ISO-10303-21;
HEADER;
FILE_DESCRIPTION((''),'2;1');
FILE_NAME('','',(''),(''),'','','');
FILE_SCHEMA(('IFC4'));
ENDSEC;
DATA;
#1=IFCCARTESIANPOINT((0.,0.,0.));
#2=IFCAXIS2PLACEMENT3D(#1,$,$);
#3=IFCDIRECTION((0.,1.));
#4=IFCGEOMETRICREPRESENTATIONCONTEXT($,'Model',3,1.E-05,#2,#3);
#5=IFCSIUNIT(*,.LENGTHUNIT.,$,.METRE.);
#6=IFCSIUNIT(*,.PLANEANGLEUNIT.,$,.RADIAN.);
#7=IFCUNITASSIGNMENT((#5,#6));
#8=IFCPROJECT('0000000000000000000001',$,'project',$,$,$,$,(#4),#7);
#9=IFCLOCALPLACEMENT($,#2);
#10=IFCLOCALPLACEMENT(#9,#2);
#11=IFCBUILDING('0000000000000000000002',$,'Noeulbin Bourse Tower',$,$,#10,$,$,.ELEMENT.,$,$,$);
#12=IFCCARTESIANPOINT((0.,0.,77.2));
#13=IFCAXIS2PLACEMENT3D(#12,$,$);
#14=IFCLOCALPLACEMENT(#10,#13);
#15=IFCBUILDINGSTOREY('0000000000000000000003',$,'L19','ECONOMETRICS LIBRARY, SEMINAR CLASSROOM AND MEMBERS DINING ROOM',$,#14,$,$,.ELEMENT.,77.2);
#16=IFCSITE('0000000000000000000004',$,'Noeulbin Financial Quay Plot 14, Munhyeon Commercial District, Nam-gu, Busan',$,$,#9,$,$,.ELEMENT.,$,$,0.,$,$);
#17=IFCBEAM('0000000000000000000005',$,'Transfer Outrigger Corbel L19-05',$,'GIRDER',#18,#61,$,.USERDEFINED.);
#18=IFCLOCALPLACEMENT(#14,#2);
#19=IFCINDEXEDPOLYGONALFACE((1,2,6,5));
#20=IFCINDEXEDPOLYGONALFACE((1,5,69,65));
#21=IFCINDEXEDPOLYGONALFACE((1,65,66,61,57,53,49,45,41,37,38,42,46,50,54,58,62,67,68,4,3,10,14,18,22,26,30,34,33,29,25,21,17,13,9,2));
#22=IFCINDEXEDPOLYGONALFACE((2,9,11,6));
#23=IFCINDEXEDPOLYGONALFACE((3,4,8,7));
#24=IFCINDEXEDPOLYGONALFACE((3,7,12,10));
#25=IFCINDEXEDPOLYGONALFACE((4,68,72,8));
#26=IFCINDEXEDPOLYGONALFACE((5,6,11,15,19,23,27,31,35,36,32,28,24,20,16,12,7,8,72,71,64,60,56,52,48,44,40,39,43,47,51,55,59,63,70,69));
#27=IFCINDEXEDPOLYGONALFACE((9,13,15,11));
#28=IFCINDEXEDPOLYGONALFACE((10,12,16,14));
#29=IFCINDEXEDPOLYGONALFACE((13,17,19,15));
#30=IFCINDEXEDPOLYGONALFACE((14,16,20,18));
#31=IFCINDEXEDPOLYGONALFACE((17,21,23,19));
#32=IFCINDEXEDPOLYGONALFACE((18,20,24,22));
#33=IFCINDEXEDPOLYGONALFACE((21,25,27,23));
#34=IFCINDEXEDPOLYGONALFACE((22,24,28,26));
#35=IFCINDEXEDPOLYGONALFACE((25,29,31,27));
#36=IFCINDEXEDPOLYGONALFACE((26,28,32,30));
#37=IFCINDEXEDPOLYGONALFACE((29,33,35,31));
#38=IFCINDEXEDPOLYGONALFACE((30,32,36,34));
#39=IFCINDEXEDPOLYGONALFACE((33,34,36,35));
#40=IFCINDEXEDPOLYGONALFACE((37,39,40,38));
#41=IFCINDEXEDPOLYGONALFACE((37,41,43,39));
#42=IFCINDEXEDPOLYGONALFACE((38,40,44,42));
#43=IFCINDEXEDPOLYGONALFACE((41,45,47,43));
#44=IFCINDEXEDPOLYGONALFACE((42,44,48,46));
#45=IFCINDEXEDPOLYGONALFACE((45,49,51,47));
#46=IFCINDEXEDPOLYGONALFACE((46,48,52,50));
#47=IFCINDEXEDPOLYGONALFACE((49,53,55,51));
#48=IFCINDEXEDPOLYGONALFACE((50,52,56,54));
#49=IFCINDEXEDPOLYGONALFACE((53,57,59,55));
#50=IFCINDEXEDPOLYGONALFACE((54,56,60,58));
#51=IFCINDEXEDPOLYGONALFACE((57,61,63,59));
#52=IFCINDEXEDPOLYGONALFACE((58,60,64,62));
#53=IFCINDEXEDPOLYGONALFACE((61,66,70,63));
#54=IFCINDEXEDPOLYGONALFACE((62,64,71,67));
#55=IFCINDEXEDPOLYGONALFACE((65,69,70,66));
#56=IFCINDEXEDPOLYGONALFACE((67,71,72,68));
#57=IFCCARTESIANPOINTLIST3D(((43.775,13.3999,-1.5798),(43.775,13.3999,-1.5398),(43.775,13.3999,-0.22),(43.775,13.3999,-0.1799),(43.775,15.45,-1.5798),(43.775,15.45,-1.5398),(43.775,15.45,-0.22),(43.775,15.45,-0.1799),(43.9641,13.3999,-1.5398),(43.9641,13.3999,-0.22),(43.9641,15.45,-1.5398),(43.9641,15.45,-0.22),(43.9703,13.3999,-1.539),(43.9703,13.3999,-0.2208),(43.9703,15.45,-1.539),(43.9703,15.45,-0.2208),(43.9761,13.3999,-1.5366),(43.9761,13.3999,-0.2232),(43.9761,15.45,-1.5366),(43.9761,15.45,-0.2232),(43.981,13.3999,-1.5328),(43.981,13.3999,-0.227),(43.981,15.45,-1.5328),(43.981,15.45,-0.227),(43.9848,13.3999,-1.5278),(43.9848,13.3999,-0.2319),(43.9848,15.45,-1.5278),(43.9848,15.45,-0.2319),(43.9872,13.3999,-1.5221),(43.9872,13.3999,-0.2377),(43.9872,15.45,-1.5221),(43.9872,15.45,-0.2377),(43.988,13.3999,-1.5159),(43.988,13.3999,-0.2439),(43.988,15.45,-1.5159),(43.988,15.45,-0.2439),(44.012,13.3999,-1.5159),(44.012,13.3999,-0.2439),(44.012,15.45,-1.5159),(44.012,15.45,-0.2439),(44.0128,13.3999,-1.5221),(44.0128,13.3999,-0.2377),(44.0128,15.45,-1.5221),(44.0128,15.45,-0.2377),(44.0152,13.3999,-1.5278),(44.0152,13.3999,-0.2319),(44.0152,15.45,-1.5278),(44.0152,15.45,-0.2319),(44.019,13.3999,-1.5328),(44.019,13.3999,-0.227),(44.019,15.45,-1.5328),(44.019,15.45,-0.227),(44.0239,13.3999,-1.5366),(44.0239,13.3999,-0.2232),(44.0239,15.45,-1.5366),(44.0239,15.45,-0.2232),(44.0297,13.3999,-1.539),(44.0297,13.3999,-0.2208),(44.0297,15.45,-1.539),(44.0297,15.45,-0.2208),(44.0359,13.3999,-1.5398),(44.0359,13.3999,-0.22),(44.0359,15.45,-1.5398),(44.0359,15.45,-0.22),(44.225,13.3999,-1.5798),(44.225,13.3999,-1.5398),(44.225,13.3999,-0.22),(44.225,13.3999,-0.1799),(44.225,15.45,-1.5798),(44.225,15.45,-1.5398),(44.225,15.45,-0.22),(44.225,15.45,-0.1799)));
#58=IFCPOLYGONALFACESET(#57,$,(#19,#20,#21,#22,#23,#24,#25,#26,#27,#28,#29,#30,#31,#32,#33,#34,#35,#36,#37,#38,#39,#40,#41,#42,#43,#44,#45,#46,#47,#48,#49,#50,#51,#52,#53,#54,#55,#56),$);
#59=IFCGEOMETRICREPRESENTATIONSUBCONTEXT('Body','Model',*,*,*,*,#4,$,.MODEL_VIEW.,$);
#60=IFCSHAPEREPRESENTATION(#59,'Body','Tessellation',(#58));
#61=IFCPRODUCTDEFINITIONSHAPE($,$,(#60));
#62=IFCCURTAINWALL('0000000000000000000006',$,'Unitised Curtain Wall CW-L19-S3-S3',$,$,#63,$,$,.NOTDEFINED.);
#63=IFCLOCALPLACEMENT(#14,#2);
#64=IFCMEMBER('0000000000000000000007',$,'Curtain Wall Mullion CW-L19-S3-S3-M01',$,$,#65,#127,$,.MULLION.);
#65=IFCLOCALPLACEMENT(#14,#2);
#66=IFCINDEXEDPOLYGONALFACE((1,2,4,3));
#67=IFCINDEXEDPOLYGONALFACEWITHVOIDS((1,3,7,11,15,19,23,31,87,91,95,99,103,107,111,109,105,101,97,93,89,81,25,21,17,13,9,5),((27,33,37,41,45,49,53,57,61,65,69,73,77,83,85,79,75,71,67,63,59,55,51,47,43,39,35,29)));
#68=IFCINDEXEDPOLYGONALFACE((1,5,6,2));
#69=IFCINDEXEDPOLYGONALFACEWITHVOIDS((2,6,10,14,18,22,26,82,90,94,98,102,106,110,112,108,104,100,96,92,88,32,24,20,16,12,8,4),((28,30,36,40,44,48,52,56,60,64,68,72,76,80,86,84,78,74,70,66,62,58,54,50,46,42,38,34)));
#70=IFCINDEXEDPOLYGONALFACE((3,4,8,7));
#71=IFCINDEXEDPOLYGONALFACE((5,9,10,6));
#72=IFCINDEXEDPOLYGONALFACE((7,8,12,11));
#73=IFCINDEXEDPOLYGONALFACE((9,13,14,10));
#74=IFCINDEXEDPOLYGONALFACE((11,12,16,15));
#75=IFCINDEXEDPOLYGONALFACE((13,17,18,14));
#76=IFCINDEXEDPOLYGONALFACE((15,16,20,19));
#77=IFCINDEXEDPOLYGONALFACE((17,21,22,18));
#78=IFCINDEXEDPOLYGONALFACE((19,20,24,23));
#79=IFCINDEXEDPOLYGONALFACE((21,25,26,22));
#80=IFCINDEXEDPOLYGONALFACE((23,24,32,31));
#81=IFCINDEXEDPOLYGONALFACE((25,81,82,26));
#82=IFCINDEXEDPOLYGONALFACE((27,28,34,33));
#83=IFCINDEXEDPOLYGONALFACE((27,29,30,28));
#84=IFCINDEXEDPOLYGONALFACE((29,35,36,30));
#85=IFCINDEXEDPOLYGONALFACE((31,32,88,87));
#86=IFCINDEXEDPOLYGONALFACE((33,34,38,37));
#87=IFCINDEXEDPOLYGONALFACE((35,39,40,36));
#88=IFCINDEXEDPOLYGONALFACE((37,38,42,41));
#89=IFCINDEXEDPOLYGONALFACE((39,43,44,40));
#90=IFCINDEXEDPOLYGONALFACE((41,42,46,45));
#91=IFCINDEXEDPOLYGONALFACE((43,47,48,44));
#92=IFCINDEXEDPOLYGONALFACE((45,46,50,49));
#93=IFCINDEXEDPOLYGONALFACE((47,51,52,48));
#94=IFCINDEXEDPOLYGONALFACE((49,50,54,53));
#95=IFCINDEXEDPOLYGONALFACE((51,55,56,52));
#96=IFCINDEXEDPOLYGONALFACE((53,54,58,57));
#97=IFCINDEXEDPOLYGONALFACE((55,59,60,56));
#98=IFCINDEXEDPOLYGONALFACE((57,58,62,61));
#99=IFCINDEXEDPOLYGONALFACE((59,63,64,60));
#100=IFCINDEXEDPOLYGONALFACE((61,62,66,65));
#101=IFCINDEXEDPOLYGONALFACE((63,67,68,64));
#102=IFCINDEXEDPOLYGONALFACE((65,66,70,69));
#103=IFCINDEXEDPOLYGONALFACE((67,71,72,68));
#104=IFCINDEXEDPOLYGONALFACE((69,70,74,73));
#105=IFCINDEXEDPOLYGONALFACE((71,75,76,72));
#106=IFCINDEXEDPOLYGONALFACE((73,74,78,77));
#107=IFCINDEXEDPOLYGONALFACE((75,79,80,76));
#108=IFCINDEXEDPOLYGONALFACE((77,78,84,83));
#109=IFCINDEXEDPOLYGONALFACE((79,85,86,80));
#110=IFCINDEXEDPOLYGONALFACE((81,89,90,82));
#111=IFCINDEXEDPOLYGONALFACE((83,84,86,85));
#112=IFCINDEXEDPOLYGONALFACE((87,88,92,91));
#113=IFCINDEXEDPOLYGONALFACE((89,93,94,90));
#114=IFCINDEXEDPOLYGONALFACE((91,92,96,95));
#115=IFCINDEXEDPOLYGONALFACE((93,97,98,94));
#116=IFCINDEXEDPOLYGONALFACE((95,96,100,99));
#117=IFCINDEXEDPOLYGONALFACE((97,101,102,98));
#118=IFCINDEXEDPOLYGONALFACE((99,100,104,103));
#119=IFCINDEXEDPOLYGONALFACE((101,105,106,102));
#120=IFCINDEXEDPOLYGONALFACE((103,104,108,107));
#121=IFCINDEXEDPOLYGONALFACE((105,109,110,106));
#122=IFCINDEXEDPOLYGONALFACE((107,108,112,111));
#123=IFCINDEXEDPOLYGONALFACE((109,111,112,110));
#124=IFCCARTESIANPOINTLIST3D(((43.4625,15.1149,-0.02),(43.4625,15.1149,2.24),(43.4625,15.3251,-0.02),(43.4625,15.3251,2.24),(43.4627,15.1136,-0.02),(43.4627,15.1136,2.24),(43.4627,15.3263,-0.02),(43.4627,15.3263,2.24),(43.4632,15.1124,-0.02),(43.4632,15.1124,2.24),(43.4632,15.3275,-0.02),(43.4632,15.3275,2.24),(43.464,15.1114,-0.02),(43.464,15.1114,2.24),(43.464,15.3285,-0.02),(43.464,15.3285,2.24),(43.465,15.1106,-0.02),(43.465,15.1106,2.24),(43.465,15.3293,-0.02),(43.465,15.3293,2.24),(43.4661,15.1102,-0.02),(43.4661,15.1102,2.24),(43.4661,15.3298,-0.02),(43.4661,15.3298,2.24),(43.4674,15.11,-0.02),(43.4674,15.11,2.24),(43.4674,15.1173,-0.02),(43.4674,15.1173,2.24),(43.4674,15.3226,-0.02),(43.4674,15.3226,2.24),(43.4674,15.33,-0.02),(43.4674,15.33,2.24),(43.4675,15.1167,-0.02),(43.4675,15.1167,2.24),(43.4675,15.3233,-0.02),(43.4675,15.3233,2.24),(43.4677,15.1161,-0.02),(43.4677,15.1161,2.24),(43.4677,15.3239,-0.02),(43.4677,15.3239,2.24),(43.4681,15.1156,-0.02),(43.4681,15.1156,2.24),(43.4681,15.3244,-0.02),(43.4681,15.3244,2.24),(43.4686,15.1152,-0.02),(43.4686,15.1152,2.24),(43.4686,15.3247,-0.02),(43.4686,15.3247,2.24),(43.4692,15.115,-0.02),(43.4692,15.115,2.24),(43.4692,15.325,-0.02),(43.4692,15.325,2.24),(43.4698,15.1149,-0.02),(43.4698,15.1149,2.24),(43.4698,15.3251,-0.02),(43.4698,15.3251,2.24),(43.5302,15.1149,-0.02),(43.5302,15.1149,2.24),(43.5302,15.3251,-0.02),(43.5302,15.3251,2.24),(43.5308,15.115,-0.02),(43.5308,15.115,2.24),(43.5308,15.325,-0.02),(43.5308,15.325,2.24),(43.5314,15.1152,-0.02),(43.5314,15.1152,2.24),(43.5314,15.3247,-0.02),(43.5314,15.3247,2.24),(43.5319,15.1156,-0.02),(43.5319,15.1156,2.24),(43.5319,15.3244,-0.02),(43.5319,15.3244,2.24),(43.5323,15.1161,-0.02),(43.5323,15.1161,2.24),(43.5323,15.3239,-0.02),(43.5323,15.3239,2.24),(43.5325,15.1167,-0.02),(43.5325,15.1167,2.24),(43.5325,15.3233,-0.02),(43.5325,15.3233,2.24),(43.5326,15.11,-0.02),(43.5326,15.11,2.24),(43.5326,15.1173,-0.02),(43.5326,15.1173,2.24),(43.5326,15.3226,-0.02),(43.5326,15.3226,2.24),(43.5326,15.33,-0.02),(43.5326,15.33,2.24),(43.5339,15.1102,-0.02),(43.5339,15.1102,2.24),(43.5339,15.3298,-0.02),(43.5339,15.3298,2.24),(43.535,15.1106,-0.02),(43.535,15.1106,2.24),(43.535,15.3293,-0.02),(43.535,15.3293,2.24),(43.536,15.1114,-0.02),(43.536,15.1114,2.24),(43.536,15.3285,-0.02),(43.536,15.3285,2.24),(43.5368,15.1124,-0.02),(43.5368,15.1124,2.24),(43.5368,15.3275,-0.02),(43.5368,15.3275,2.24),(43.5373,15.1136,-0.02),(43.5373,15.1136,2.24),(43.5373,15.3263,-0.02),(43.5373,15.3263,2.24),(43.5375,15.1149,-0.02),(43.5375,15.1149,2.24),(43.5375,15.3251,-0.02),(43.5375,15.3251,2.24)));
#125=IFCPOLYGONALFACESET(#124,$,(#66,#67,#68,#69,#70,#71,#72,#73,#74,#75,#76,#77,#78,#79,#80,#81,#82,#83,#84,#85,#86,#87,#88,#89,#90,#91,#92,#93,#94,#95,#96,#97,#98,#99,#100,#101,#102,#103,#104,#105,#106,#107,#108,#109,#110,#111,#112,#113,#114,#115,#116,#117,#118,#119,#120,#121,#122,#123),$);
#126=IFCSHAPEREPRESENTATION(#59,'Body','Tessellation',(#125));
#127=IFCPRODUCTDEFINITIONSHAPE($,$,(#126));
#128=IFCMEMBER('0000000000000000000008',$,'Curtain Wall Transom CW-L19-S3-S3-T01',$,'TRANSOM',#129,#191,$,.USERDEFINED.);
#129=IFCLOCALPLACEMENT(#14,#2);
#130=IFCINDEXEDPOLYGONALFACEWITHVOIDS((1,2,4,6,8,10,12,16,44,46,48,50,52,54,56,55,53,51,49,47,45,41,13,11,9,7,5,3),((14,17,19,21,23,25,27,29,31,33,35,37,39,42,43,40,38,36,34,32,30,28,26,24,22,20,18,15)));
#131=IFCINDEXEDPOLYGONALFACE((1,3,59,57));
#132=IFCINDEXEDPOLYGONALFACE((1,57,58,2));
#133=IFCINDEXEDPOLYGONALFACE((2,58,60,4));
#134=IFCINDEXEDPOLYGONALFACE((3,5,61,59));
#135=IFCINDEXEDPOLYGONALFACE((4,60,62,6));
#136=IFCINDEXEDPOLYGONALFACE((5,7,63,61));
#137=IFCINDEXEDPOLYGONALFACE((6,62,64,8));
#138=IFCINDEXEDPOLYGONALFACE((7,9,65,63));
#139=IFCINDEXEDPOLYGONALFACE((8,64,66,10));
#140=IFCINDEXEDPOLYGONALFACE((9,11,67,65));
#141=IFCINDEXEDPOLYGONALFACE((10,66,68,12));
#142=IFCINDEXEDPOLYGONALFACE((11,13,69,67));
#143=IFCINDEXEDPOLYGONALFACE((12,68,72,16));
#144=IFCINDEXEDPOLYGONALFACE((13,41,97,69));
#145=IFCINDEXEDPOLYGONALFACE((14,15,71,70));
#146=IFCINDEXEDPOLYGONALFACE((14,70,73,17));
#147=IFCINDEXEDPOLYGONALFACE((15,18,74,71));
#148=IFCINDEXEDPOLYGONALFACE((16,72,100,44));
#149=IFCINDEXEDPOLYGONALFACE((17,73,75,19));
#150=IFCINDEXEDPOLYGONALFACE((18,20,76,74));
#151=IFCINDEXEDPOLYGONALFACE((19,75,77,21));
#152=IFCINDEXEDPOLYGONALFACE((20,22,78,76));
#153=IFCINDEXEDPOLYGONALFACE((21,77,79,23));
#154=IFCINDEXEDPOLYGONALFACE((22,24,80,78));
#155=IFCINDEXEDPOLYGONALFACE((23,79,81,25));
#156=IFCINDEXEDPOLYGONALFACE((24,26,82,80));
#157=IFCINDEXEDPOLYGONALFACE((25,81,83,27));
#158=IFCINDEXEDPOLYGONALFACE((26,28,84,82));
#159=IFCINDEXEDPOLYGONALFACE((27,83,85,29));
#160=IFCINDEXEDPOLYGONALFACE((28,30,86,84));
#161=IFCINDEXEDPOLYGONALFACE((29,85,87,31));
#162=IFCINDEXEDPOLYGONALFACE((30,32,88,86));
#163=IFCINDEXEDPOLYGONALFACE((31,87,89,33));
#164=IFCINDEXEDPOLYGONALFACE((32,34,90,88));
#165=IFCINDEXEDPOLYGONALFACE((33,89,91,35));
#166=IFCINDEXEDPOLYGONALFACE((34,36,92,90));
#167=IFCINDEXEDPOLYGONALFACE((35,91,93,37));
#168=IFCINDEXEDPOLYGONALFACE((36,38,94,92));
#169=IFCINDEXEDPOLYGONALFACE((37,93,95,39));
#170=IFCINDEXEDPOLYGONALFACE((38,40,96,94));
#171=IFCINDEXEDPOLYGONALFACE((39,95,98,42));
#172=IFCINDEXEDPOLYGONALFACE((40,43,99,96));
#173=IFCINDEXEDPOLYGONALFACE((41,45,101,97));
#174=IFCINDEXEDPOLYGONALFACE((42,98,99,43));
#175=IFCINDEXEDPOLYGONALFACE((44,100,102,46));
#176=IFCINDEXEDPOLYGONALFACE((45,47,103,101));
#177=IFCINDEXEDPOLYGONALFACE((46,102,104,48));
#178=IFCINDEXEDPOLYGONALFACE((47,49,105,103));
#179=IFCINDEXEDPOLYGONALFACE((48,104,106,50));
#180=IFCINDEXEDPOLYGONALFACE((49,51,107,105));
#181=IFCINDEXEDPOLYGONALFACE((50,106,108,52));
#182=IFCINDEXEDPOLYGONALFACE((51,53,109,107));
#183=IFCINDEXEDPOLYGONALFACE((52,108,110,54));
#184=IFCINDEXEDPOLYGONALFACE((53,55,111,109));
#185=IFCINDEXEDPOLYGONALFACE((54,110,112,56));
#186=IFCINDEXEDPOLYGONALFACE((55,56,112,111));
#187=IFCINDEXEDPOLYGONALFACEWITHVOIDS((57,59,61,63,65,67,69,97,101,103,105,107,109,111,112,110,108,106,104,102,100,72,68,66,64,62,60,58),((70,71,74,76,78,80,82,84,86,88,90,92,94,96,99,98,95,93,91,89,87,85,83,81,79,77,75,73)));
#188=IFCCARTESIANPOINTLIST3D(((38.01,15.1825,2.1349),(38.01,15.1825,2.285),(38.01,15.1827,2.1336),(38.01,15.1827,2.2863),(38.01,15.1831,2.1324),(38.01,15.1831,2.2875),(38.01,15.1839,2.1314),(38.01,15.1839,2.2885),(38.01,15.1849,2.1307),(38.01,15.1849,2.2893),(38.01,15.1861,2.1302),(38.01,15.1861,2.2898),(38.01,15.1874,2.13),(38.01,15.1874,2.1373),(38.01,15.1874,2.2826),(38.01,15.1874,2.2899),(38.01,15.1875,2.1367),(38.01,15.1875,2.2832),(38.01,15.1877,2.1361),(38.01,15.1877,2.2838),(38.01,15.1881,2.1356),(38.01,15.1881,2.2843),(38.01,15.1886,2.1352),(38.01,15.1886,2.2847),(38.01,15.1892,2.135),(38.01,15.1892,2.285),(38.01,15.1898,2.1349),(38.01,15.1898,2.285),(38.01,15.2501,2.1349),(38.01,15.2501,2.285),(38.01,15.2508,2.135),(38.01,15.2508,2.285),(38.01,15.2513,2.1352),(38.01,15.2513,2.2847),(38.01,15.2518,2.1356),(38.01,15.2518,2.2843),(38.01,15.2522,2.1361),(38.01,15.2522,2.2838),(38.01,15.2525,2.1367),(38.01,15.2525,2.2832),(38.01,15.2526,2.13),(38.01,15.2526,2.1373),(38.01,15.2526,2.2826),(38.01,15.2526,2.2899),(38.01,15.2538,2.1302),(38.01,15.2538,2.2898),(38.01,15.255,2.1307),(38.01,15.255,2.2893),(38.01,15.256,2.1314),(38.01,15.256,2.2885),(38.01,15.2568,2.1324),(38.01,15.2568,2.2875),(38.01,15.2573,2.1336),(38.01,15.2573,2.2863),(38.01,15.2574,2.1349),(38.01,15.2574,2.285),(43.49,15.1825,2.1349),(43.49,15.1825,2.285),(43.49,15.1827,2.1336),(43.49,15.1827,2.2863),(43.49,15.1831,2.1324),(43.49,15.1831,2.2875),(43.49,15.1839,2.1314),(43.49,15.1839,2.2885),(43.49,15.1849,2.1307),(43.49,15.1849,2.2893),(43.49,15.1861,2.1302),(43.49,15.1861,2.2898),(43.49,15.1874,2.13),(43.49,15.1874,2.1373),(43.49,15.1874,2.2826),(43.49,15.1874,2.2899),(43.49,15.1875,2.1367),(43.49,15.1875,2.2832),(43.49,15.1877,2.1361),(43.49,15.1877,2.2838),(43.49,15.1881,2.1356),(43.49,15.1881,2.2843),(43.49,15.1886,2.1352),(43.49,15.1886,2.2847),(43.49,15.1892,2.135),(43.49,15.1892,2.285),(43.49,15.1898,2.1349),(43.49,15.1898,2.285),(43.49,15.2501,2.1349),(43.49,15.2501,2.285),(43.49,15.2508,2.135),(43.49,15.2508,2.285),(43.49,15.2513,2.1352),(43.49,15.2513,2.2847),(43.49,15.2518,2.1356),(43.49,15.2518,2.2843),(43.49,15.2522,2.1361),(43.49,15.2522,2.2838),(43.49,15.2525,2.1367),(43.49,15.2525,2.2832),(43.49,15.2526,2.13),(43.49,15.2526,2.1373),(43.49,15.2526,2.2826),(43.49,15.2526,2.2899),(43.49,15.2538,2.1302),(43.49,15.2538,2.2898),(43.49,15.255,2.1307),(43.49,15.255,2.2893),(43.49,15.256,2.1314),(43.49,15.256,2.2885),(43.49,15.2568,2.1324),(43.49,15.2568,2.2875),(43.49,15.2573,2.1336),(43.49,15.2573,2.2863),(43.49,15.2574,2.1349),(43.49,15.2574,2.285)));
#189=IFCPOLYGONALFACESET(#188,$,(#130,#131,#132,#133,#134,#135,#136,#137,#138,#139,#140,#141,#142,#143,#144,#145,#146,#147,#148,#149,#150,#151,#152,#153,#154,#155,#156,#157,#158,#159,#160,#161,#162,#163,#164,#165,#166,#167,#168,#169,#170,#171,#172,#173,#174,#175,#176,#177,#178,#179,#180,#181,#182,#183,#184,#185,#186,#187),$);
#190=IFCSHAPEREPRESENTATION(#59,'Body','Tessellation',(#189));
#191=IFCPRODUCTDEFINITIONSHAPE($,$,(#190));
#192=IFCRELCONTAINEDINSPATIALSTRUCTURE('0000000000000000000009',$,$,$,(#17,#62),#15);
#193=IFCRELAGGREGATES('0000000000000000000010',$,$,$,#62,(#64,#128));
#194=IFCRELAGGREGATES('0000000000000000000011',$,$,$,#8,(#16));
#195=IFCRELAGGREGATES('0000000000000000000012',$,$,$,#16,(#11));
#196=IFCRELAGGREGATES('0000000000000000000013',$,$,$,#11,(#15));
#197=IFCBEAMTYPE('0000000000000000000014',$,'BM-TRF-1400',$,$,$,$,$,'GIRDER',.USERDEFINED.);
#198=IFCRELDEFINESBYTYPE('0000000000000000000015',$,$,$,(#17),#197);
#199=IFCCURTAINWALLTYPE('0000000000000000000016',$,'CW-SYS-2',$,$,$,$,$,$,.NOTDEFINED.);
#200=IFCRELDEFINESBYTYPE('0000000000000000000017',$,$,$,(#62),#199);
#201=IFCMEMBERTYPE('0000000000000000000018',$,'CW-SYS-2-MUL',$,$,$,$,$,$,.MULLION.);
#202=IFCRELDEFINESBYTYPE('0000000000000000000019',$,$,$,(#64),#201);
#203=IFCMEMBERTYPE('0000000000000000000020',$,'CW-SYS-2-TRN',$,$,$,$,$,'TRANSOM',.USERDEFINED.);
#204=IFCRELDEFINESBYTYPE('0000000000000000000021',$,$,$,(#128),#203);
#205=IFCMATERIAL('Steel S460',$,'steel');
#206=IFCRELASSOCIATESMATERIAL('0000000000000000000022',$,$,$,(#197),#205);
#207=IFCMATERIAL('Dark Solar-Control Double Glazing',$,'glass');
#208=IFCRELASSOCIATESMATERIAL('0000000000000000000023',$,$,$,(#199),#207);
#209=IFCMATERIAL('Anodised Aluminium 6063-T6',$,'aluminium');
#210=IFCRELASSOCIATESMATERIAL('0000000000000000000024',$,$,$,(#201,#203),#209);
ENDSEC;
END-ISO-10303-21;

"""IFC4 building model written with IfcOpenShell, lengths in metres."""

from ifc_helpers import new_model, si_unit, direction, frame, origin, origin_2d, place, context, subcontext, project, spatial, hollow_rectangle, i_section, extrude, material, material_profile, profile_set, type_object, element, aggregate, save


model = new_model("IFC4")

# Units and contexts
model_context = context("Model", 3, precision=1e-05, world=origin(), true_north=direction((0.0, 1.0)))
body_context = subcontext(model_context, "Body", "Model", "MODEL_VIEW")
ifc_project = project(units=[si_unit("LENGTHUNIT", "METRE"), si_unit("PLANEANGLEUNIT", "RADIAN")], contexts=[model_context])

# Site, building, storey
site_placement = place(None, origin())
site = spatial("IfcSite", under=ifc_project, at=site_placement, Name="Noeulbin Financial Quay Plot 14, Munhyeon Commercial District, Nam-gu, Busan", CompositionType="ELEMENT", RefElevation=0.0)
building_placement = place(site_placement, origin())
building = spatial("IfcBuilding", under=site, at=building_placement, Name="Noeulbin Bourse Tower", CompositionType="ELEMENT")
storey_placement = place(building_placement, frame((0.0, 0.0, 77.2)))
storey = spatial("IfcBuildingStorey", under=building, at=storey_placement, Name="L19", Description="ECONOMETRICS LIBRARY, SEMINAR CLASSROOM AND MEMBERS DINING ROOM", CompositionType="ELEMENT", Elevation=77.2)

# Shared definitions
ifc_material_1 = material(Name="Steel S460", Category="steel")

# Beam
ifc_material_profile_1 = material_profile(ifc_material_1, i_section(OverallWidth=0.45, OverallDepth=1.3999, WebThickness=0.0239, FlangeThickness=0.04, FilletRadius=0.0239, at=origin_2d()), Name="PG-1400x450x24x40", Category="LoadBearing")
ifc_profile_set_1 = profile_set([ifc_material_profile_1], Name="Steel S460")
beam_type_1 = type_object("IfcBeamType", Name="BM-TRF-1400", ElementType="GIRDER", PredefinedType="USERDEFINED", material=ifc_profile_set_1)
beam_1_placement = place(storey_placement, frame((44.0, 13.3999, -0.8799), z_axis=(0.0, 1.0, 0.0), x_axis=(-1.0, 0.0, 0.0)))
element("IfcBeam", 1, at=beam_1_placement, inside=storey, type_object=beam_type_1, Name="Transfer Outrigger Corbel L19-05", ObjectType="GIRDER", PredefinedType="USERDEFINED", context=body_context, shape_type="SweptSolid", body=[
    extrude(i_section(OverallWidth=0.45, OverallDepth=1.3999, WebThickness=0.0239, FlangeThickness=0.04, FilletRadius=0.0239, at=origin_2d()), origin(), (0.0, 0.0, 1.0), 2.05),
])

# Curtain wall, members
ifc_material_2 = material(Name="Dark Solar-Control Double Glazing", Category="glass")
curtain_wall_type = type_object("IfcCurtainWallType", Name="CW-SYS-2", PredefinedType="NOTDEFINED", material=ifc_material_2)
curtain_wall_placement = place(storey_placement, origin())
curtain_wall = element("IfcCurtainWall", 2, at=curtain_wall_placement, inside=storey, type_object=curtain_wall_type, Name="Unitised Curtain Wall CW-L19-S3-S3", PredefinedType="NOTDEFINED")
ifc_material_3 = material(Name="Anodised Aluminium 6063-T6", Category="aluminium")
ifc_material_profile_2 = material_profile(ifc_material_3, hollow_rectangle(XDim=0.075, YDim=0.22, WallThickness=0.0049, InnerFilletRadius=0.0024, OuterFilletRadius=0.0049, at=origin_2d()), Name="ALU-MULL-75x220x5", Category="LoadBearing")
ifc_profile_set_2 = profile_set([ifc_material_profile_2], Name="Anodised Aluminium 6063-T6")
member_type_1 = type_object("IfcMemberType", Name="CW-SYS-2-MUL", PredefinedType="MULLION", material=ifc_profile_set_2)
member_1_placement = place(storey_placement, frame((43.5, 15.22, -0.02), z_axis=(0.0, 0.0, 1.0), x_axis=(1.0, 0.0, 0.0)))
member_1 = element("IfcMember", 3, at=member_1_placement, type_object=member_type_1, Name="Curtain Wall Mullion CW-L19-S3-S3-M01", PredefinedType="MULLION", context=body_context, shape_type="SweptSolid", body=[
    extrude(hollow_rectangle(XDim=0.075, YDim=0.22, WallThickness=0.0049, InnerFilletRadius=0.0024, OuterFilletRadius=0.0049, at=origin_2d()), origin(), (0.0, 0.0, 1.0), 2.26),
])
ifc_material_profile_3 = material_profile(ifc_material_3, hollow_rectangle(XDim=0.075, YDim=0.1599, WallThickness=0.0049, InnerFilletRadius=0.0024, OuterFilletRadius=0.0049, at=origin_2d()), Name="ALU-TRAN-75x160x5", Category="LoadBearing")
ifc_profile_set_3 = profile_set([ifc_material_profile_3], Name="Anodised Aluminium 6063-T6")
member_type_2 = type_object("IfcMemberType", Name="CW-SYS-2-TRN", ElementType="TRANSOM", PredefinedType="USERDEFINED", material=ifc_profile_set_3)
member_2_placement = place(storey_placement, frame((38.01, 15.22, 2.21), z_axis=(1.0, 0.0, 0.0), x_axis=(0.0, 1.0, 0.0)))
member_2 = element("IfcMember", 4, at=member_2_placement, type_object=member_type_2, Name="Curtain Wall Transom CW-L19-S3-S3-T01", ObjectType="TRANSOM", PredefinedType="USERDEFINED", context=body_context, shape_type="SweptSolid", body=[
    extrude(hollow_rectangle(XDim=0.075, YDim=0.1599, WallThickness=0.0049, InnerFilletRadius=0.0024, OuterFilletRadius=0.0049, at=origin_2d()), origin(), (0.0, 0.0, 1.0), 5.48),
])
aggregate(curtain_wall, [member_1, member_2])

save(model, "model.ifc")
